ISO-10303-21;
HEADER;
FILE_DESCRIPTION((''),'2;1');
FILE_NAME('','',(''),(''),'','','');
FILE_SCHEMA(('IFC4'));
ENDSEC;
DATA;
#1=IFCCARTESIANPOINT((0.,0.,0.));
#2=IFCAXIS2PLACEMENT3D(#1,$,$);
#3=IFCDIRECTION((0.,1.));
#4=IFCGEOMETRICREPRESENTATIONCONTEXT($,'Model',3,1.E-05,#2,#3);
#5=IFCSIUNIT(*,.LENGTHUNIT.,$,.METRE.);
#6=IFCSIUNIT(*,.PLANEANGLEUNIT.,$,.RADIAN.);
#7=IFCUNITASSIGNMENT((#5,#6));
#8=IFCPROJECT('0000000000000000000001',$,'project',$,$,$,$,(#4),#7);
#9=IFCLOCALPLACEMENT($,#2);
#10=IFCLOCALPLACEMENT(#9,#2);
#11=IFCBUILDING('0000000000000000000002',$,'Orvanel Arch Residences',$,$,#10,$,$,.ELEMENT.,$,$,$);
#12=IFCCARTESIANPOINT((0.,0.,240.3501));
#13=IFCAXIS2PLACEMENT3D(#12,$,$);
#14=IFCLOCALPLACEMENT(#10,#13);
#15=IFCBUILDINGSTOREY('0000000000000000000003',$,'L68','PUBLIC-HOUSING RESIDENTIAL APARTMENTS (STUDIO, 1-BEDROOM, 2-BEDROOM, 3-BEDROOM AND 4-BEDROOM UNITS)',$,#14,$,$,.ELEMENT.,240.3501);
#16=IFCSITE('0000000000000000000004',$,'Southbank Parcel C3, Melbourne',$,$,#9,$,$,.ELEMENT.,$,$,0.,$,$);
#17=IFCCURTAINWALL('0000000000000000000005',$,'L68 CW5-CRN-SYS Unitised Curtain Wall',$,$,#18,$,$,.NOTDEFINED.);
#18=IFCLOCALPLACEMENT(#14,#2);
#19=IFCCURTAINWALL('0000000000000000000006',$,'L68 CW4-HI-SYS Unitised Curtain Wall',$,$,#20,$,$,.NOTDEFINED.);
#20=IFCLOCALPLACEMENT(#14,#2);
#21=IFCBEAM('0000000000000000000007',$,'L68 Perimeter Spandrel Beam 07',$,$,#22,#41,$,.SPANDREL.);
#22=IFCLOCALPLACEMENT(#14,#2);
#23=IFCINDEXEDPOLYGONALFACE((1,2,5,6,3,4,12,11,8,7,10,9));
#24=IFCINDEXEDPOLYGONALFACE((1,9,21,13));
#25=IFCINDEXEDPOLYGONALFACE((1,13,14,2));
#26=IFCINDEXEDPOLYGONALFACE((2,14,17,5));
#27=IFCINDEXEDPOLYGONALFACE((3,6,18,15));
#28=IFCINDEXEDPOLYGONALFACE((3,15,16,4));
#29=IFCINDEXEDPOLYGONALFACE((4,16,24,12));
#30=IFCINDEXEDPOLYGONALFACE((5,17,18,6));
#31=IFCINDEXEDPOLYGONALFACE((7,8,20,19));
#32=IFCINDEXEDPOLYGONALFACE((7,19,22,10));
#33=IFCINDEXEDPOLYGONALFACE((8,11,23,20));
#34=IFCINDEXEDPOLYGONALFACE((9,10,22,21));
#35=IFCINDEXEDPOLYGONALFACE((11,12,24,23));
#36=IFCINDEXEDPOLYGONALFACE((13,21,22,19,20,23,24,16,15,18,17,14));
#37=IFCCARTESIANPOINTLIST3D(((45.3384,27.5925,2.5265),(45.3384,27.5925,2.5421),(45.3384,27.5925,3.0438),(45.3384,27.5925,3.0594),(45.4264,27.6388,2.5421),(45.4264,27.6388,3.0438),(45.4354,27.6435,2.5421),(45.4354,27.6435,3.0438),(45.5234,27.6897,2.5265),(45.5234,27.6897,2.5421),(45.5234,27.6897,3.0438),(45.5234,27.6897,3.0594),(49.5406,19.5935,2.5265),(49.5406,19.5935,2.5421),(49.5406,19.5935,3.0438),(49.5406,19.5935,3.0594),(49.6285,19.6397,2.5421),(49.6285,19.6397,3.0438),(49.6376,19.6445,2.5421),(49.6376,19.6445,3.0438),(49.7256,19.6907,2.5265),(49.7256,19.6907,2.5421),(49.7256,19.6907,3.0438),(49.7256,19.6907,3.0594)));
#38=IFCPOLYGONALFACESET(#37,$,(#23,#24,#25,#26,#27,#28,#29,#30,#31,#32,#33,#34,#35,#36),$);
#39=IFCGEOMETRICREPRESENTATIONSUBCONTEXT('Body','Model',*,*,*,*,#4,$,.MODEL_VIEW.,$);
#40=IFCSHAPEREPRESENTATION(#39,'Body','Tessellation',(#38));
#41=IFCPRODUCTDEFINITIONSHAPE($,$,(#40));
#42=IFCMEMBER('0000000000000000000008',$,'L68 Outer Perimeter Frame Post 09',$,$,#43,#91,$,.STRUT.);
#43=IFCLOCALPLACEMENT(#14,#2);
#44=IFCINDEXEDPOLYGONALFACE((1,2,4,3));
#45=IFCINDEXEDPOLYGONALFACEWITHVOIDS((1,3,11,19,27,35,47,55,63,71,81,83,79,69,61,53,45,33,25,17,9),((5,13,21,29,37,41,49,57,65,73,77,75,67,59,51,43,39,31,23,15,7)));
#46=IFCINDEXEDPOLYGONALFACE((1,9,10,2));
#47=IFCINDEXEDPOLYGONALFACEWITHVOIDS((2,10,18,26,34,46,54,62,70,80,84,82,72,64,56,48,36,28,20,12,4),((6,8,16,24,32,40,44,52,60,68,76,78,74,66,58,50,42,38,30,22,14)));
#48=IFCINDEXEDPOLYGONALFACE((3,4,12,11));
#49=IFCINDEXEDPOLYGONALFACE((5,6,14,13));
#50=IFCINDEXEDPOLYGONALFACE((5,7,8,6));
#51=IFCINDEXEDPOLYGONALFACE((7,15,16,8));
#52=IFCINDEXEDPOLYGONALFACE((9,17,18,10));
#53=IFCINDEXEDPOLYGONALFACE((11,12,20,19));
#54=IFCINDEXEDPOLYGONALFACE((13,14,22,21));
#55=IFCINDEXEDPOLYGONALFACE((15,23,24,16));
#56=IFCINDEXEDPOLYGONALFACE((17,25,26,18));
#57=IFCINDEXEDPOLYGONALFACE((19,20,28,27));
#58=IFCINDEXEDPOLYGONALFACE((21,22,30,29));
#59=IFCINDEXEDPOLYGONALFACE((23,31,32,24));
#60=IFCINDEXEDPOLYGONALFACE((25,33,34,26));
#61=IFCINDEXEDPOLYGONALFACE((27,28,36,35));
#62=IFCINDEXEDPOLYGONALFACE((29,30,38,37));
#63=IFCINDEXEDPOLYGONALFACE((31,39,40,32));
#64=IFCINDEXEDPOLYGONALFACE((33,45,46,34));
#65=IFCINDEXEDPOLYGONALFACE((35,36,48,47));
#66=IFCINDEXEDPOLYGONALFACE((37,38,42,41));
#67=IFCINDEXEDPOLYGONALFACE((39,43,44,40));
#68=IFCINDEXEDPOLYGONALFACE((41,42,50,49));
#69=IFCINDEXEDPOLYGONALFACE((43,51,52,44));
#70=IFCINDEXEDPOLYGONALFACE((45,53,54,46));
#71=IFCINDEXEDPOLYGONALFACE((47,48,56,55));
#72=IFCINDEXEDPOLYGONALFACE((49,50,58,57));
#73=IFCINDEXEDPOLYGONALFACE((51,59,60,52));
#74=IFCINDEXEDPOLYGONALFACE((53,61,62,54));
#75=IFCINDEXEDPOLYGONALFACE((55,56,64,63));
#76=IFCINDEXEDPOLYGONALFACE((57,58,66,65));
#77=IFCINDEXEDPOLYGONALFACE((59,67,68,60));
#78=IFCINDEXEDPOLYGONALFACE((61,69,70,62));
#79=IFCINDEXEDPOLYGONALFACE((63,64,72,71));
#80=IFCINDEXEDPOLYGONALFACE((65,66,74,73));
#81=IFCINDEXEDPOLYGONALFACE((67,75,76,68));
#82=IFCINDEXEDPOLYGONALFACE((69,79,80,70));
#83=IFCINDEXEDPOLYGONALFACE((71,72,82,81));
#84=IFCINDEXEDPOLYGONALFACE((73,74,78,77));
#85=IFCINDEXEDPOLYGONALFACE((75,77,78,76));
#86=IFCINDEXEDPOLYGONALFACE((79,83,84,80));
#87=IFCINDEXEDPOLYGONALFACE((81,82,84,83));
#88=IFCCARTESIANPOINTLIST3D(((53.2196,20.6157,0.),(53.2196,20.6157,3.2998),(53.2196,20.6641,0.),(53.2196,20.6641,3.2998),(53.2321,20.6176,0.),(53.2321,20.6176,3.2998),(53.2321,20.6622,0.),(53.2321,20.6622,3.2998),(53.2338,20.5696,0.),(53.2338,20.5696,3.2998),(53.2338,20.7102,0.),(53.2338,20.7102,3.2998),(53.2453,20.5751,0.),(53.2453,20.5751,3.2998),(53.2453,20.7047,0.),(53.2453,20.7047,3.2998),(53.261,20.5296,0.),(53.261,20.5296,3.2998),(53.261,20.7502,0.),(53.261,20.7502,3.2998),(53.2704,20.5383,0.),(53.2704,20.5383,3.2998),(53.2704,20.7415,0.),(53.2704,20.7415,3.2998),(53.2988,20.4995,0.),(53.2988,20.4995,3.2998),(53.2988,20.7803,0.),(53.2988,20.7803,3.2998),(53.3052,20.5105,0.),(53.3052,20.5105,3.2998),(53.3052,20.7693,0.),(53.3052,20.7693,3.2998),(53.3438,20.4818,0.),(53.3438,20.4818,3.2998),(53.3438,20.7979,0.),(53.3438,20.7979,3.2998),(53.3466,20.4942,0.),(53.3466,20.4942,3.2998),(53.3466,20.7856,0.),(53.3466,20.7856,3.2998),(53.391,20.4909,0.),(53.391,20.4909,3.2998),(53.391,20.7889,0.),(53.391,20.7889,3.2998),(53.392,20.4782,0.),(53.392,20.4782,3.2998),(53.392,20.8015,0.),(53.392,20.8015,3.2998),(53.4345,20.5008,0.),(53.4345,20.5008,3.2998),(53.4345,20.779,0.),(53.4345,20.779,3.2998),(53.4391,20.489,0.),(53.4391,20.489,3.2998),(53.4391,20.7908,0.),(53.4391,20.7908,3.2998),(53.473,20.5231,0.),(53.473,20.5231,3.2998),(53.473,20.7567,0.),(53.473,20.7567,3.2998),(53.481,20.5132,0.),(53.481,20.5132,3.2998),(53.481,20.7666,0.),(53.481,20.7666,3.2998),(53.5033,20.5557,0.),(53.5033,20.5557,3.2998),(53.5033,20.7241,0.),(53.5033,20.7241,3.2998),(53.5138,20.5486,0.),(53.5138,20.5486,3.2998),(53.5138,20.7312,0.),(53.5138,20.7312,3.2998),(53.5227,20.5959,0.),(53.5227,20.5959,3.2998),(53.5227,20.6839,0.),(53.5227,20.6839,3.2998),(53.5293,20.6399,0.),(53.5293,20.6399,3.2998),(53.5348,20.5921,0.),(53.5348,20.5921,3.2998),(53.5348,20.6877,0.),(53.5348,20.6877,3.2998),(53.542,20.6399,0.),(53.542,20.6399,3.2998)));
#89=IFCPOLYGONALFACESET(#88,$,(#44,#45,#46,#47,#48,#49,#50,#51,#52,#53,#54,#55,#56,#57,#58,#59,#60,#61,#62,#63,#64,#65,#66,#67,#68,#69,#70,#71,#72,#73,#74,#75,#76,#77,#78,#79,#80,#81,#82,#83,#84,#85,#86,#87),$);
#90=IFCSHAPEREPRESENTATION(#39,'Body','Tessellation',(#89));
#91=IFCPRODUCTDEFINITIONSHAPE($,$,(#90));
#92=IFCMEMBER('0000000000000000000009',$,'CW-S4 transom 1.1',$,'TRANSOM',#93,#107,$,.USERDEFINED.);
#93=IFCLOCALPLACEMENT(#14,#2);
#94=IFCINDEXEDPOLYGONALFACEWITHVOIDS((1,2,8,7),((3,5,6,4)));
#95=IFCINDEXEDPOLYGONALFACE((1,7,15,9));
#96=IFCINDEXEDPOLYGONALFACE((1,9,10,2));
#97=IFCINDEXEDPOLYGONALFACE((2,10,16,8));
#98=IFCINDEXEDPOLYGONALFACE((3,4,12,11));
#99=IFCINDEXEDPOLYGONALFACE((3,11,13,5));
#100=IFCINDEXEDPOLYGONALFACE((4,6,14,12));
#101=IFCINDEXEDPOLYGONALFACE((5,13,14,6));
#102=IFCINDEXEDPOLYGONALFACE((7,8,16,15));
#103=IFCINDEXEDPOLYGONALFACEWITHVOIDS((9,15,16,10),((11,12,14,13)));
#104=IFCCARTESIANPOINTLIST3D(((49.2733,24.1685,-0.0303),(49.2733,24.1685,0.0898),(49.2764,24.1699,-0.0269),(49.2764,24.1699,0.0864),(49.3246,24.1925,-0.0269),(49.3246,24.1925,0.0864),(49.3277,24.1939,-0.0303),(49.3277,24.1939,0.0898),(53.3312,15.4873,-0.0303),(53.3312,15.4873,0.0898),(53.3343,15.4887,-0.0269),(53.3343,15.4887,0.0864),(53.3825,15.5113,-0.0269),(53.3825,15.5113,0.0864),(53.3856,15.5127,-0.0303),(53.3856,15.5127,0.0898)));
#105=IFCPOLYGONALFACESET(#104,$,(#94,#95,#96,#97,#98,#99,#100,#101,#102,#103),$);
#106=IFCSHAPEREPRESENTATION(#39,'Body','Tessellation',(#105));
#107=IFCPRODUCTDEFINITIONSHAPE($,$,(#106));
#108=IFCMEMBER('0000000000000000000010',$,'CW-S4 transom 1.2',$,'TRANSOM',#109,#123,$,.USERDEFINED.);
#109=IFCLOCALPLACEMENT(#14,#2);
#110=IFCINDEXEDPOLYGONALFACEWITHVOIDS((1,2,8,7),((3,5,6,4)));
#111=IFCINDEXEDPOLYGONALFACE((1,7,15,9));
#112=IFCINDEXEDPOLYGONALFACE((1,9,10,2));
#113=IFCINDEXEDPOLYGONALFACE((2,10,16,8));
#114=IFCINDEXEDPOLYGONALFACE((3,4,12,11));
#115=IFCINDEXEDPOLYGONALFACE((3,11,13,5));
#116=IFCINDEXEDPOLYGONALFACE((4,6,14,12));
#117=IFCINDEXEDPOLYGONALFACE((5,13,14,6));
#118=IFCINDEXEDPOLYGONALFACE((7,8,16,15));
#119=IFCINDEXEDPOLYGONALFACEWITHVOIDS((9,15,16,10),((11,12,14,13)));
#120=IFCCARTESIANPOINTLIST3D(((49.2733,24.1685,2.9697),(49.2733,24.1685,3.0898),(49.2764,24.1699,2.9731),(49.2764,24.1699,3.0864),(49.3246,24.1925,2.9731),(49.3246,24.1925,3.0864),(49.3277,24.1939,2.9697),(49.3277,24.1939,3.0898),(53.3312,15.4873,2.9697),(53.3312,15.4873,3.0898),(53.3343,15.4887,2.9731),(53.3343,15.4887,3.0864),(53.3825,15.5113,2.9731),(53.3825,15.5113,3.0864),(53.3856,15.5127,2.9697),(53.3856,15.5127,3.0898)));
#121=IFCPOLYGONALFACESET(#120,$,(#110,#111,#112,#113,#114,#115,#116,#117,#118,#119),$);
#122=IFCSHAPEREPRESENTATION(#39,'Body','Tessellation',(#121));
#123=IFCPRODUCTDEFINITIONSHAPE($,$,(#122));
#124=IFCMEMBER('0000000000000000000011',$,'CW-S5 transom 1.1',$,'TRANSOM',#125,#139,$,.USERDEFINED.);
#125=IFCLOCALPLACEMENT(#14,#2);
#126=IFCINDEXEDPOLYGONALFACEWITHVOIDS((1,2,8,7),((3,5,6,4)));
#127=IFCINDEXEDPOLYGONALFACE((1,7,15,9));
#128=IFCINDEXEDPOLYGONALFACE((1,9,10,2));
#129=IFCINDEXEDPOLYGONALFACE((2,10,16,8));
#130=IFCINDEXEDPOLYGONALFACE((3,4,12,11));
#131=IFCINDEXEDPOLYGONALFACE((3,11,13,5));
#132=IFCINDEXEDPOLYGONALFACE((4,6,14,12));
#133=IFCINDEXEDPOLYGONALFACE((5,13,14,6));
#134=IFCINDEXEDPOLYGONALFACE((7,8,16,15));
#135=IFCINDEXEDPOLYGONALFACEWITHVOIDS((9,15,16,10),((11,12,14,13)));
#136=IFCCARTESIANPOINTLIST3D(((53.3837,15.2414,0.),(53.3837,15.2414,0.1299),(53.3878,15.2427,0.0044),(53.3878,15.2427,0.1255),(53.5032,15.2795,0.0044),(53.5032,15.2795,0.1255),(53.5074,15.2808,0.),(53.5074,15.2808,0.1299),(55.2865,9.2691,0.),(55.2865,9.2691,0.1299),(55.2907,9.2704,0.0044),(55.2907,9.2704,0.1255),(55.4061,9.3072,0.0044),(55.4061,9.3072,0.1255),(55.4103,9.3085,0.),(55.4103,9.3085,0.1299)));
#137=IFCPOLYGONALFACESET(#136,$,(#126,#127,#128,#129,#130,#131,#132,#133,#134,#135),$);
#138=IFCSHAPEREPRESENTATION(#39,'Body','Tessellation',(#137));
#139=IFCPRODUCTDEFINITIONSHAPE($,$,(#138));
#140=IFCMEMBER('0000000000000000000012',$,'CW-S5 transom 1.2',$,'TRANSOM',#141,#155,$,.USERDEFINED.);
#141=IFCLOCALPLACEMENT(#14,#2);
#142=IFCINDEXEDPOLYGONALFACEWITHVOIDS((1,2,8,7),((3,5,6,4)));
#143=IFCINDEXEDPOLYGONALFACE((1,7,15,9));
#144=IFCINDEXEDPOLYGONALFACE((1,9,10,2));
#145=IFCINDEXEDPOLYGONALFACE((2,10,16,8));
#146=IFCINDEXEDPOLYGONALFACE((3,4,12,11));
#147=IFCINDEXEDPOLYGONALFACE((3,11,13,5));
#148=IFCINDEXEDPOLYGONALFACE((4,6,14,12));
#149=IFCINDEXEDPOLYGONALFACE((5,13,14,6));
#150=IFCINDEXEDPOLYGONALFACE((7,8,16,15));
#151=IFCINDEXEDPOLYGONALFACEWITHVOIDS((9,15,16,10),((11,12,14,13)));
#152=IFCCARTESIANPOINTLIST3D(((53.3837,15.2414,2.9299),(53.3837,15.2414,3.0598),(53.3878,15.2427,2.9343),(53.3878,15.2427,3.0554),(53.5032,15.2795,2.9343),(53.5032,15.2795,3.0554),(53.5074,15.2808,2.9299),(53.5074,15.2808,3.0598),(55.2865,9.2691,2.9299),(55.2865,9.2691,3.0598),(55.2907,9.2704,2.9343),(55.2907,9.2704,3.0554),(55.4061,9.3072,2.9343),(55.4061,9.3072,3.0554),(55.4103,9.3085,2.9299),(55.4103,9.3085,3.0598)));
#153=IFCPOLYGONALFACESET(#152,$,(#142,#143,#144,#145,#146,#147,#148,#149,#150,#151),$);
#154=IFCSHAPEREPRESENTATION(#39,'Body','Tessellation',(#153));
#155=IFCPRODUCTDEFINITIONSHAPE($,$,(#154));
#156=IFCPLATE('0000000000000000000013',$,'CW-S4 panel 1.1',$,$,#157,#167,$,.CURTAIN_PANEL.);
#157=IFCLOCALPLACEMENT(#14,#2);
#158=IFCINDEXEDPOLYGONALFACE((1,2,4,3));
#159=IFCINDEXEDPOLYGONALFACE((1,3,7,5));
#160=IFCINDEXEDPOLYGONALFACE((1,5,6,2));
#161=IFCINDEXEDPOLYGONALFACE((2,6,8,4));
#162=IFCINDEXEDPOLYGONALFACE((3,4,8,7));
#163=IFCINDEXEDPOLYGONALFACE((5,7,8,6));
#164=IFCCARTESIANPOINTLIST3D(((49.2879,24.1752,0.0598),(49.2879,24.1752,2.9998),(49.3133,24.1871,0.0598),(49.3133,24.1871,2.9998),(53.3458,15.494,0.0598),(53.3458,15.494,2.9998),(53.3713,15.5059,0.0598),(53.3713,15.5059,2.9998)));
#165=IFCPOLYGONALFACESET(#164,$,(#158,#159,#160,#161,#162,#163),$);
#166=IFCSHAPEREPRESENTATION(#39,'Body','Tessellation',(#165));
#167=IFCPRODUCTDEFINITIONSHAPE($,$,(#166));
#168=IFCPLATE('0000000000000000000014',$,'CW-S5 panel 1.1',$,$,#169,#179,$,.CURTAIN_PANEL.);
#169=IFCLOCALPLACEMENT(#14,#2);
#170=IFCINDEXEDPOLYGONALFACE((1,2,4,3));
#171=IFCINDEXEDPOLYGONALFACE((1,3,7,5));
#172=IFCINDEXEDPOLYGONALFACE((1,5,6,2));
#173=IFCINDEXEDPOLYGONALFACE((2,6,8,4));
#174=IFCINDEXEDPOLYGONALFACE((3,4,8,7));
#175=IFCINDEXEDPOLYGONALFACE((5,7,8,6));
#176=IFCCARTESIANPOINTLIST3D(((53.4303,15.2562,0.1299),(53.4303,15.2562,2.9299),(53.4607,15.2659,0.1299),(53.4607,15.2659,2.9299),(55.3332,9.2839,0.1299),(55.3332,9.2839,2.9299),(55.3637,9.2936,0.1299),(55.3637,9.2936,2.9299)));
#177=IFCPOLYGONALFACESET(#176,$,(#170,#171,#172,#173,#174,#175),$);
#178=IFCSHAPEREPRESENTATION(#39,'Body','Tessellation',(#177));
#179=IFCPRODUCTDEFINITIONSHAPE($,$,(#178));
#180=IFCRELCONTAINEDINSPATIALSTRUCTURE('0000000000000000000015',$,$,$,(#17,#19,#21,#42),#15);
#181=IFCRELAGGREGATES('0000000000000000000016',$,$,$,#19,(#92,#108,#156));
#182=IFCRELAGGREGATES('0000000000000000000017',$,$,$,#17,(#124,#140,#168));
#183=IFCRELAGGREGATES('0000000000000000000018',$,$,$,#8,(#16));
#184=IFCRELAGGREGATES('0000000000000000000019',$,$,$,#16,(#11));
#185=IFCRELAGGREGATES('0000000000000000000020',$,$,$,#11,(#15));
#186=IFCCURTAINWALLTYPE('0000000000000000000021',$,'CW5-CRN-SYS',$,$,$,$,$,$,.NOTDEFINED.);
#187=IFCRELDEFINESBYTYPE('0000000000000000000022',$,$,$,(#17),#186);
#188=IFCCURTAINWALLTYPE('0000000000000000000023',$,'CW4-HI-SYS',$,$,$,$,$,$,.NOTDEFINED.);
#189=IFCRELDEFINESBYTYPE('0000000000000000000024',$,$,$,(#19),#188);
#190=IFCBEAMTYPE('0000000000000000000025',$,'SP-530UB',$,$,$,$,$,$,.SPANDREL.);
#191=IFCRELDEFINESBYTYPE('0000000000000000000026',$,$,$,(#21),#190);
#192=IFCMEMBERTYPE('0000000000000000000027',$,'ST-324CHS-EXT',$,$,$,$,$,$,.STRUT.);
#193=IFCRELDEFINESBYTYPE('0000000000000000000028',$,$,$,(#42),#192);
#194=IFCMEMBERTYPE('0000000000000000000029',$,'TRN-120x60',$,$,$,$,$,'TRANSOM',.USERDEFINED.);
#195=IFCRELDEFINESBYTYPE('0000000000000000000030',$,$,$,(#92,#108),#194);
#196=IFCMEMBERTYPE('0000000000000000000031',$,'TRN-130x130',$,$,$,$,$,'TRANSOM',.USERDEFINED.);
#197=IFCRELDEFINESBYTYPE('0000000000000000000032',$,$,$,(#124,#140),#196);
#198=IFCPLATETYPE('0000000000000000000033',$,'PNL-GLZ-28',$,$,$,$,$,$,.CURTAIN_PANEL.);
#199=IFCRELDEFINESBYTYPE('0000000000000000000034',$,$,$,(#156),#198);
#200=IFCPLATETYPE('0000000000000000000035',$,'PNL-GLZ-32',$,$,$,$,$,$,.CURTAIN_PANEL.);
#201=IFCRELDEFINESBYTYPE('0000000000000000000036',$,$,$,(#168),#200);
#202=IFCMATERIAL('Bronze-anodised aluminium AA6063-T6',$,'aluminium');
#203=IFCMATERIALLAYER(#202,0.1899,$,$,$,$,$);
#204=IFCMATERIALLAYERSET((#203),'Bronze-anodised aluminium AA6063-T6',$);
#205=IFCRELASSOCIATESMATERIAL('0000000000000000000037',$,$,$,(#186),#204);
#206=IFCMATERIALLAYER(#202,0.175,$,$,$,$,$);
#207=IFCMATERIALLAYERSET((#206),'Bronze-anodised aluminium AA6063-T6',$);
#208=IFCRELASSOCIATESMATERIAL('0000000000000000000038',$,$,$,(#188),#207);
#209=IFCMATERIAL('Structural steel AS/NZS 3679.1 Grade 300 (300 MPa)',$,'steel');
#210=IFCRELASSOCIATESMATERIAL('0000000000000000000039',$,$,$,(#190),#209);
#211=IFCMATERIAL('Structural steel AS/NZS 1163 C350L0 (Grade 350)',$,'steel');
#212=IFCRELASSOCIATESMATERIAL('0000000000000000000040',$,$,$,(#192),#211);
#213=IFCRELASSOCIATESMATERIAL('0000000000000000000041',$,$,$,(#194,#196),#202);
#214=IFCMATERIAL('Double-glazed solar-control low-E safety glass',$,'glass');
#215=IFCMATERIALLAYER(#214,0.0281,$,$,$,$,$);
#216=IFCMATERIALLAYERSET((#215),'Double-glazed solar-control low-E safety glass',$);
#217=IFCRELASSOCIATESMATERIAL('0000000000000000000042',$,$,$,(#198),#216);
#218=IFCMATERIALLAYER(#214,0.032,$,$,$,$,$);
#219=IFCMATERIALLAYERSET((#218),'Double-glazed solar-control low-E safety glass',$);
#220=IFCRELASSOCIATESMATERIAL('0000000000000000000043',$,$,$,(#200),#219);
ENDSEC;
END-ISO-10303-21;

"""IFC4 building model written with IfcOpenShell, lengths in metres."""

from ifc_helpers import new_model, si_unit, direction, frame, origin, origin_2d, place, context, subcontext, project, spatial, rectangle, hollow_rectangle, hollow_circle, i_section, extrude, material, layer, layer_set, material_profile, profile_set, type_object, element, aggregate, save


model = new_model("IFC4")

# Units and contexts
model_context = context("Model", 3, precision=1e-05, world=origin(), true_north=direction((0.0, 1.0)))
body_context = subcontext(model_context, "Body", "Model", "MODEL_VIEW")
ifc_project = project(units=[si_unit("LENGTHUNIT", "METRE"), si_unit("PLANEANGLEUNIT", "RADIAN")], contexts=[model_context])

# Site, building, storey
site_placement = place(None, origin())
site = spatial("IfcSite", under=ifc_project, at=site_placement, Name="Southbank Parcel C3, Melbourne", CompositionType="ELEMENT", RefElevation=0.0)
building_placement = place(site_placement, origin())
building = spatial("IfcBuilding", under=site, at=building_placement, Name="Orvanel Arch Residences", CompositionType="ELEMENT")
storey_placement = place(building_placement, frame((0.0, 0.0, 240.3501)))
storey = spatial("IfcBuildingStorey", under=building, at=storey_placement, Name="L68", Description="PUBLIC-HOUSING RESIDENTIAL APARTMENTS (STUDIO, 1-BEDROOM, 2-BEDROOM, 3-BEDROOM AND 4-BEDROOM UNITS)", CompositionType="ELEMENT", Elevation=240.3501)

# Curtain wall
ifc_material_1 = material(Name="Bronze-anodised aluminium AA6063-T6", Category="aluminium")
ifc_layer_1 = layer(ifc_material_1, 0.1899)
ifc_layer_set_1 = layer_set([ifc_layer_1], Name="Bronze-anodised aluminium AA6063-T6")
curtain_wall_type_1 = type_object("IfcCurtainWallType", Name="CW5-CRN-SYS", PredefinedType="NOTDEFINED", material=ifc_layer_set_1)
curtain_wall_1_placement = place(storey_placement, origin())
curtain_wall_1 = element("IfcCurtainWall", 1, at=curtain_wall_1_placement, inside=storey, type_object=curtain_wall_type_1, Name="L68 CW5-CRN-SYS Unitised Curtain Wall", PredefinedType="NOTDEFINED")

# Curtain wall
ifc_layer_2 = layer(ifc_material_1, 0.175)
ifc_layer_set_2 = layer_set([ifc_layer_2], Name="Bronze-anodised aluminium AA6063-T6")
curtain_wall_type_2 = type_object("IfcCurtainWallType", Name="CW4-HI-SYS", PredefinedType="NOTDEFINED", material=ifc_layer_set_2)
curtain_wall_2_placement = place(storey_placement, origin())
curtain_wall_2 = element("IfcCurtainWall", 2, at=curtain_wall_2_placement, inside=storey, type_object=curtain_wall_type_2, Name="L68 CW4-HI-SYS Unitised Curtain Wall", PredefinedType="NOTDEFINED")

# Beam
ifc_material_2 = material(Name="Structural steel AS/NZS 3679.1 Grade 300 (300 MPa)", Category="steel")
ifc_material_profile_1 = material_profile(ifc_material_2, i_section(OverallWidth=0.209, OverallDepth=0.533, WebThickness=0.0103, FlangeThickness=0.0156, at=origin_2d()), Name="530UB92.4")
ifc_profile_set_1 = profile_set([ifc_material_profile_1], Name="Structural steel AS/NZS 3679.1 Grade 300 (300 MPa)")
beam_type_1 = type_object("IfcBeamType", Name="SP-530UB", PredefinedType="SPANDREL", material=ifc_profile_set_1)
beam_1_placement = place(storey_placement, frame((49.6331, 19.6421, 2.793), z_axis=(-0.465065, 0.885277, 0.0), x_axis=(-0.885277, -0.465065, 0.0)))
element("IfcBeam", 3, at=beam_1_placement, inside=storey, type_object=beam_type_1, Name="L68 Perimeter Spandrel Beam 07", PredefinedType="SPANDREL", context=body_context, shape_type="SweptSolid", body=[
    extrude(i_section(OverallWidth=0.209, OverallDepth=0.533, WebThickness=0.0103, FlangeThickness=0.0156, at=origin_2d()), origin(), (0.0, 0.0, 1.0), 9.0356),
])

# Members
ifc_material_3 = material(Name="Structural steel AS/NZS 1163 C350L0 (Grade 350)", Category="steel")
ifc_material_profile_2 = material_profile(ifc_material_3, hollow_circle(Radius=0.1621, WallThickness=0.0127, at=origin_2d()), Name="CHS324x12.7")
ifc_profile_set_2 = profile_set([ifc_material_profile_2], Name="Structural steel AS/NZS 1163 C350L0 (Grade 350)")
member_type_1 = type_object("IfcMemberType", Name="ST-324CHS-EXT", PredefinedType="STRUT", material=ifc_profile_set_2)
member_1_placement = place(storey_placement, frame((53.3799, 20.6399, 0.0), z_axis=(0.0, 0.0, 1.0), x_axis=(1.0, 0.0, 0.0)))
element("IfcMember", 4, at=member_1_placement, inside=storey, type_object=member_type_1, Name="L68 Outer Perimeter Frame Post 09", PredefinedType="STRUT", context=body_context, shape_type="SweptSolid", body=[
    extrude(hollow_circle(Radius=0.1621, WallThickness=0.0127, at=origin_2d()), origin(), (0.0, 0.0, 1.0), 3.2998),
])
ifc_material_profile_3 = material_profile(ifc_material_1, hollow_rectangle(XDim=0.0601, YDim=0.1201, WallThickness=0.0034, at=origin_2d()), Name="ALU120x60x3.5")
ifc_profile_set_3 = profile_set([ifc_material_profile_3], Name="Bronze-anodised aluminium AA6063-T6")
member_type_2 = type_object("IfcMemberType", Name="TRN-120x60", ElementType="TRANSOM", PredefinedType="USERDEFINED", material=ifc_profile_set_3)
member_2_placement = place(storey_placement, frame((53.3584, 15.5, 0.0298), z_axis=(-0.423456, 0.905917, 0.0), x_axis=(-0.905917, -0.423456, 0.0)))
member_2 = element("IfcMember", 5, at=member_2_placement, type_object=member_type_2, Name="CW-S4 transom 1.1", ObjectType="TRANSOM", PredefinedType="USERDEFINED", context=body_context, shape_type="SweptSolid", body=[
    extrude(hollow_rectangle(XDim=0.0601, YDim=0.1201, WallThickness=0.0034, at=origin_2d()), origin(), (0.0, 0.0, 1.0), 9.5828),
])
member_3_placement = place(storey_placement, frame((53.3584, 15.5, 3.0298), z_axis=(-0.423456, 0.905917, 0.0), x_axis=(-0.905917, -0.423456, 0.0)))
member_3 = element("IfcMember", 6, at=member_3_placement, type_object=member_type_2, Name="CW-S4 transom 1.2", ObjectType="TRANSOM", PredefinedType="USERDEFINED", context=body_context, shape_type="SweptSolid", body=[
    extrude(hollow_rectangle(XDim=0.0601, YDim=0.1201, WallThickness=0.0034, at=origin_2d()), origin(), (0.0, 0.0, 1.0), 9.5828),
])
ifc_material_profile_4 = material_profile(ifc_material_1, hollow_rectangle(XDim=0.1299, YDim=0.1299, WallThickness=0.0044, at=origin_2d()), Name="ALU130x130x4.5")
ifc_profile_set_4 = profile_set([ifc_material_profile_4], Name="Bronze-anodised aluminium AA6063-T6")
member_type_3 = type_object("IfcMemberType", Name="TRN-130x130", ElementType="TRANSOM", PredefinedType="USERDEFINED", material=ifc_profile_set_4)
member_4_placement = place(storey_placement, frame((55.3484, 9.2888, 0.0649), z_axis=(-0.30358, 0.952806, 0.0), x_axis=(-0.952806, -0.30358, 0.0)))
member_4 = element("IfcMember", 7, at=member_4_placement, type_object=member_type_3, Name="CW-S5 transom 1.1", ObjectType="TRANSOM", PredefinedType="USERDEFINED", context=body_context, shape_type="SweptSolid", body=[
    extrude(hollow_rectangle(XDim=0.1299, YDim=0.1299, WallThickness=0.0044, at=origin_2d()), origin(), (0.0, 0.0, 1.0), 6.2681),
])
member_5_placement = place(storey_placement, frame((55.3484, 9.2888, 2.9949), z_axis=(-0.30358, 0.952806, 0.0), x_axis=(-0.952806, -0.30358, 0.0)))
member_5 = element("IfcMember", 8, at=member_5_placement, type_object=member_type_3, Name="CW-S5 transom 1.2", ObjectType="TRANSOM", PredefinedType="USERDEFINED", context=body_context, shape_type="SweptSolid", body=[
    extrude(hollow_rectangle(XDim=0.1299, YDim=0.1299, WallThickness=0.0044, at=origin_2d()), origin(), (0.0, 0.0, 1.0), 6.2681),
])

# Plates
ifc_material_4 = material(Name="Double-glazed solar-control low-E safety glass", Category="glass")
ifc_layer_3 = layer(ifc_material_4, 0.0281)
ifc_layer_set_3 = layer_set([ifc_layer_3], Name="Double-glazed solar-control low-E safety glass")
plate_type_1 = type_object("IfcPlateType", Name="PNL-GLZ-28", PredefinedType="CURTAIN_PANEL", material=ifc_layer_set_3)
plate_1_placement = place(storey_placement, frame((51.3296, 19.8406, 0.0598), z_axis=(0.0, 0.0, 1.0), x_axis=(-0.42346, 0.905915, 0.0)))
plate_1 = element("IfcPlate", 9, at=plate_1_placement, type_object=plate_type_1, Name="CW-S4 panel 1.1", PredefinedType="CURTAIN_PANEL", context=body_context, shape_type="SweptSolid", body=[
    extrude(rectangle(XDim=9.5828, YDim=0.0281, at=origin_2d()), origin(), (0.0, 0.0, 1.0), 2.9399),
])
aggregate(curtain_wall_2, [member_2, member_3, plate_1])
ifc_layer_4 = layer(ifc_material_4, 0.032)
ifc_layer_set_4 = layer_set([ifc_layer_4], Name="Double-glazed solar-control low-E safety glass")
plate_type_2 = type_object("IfcPlateType", Name="PNL-GLZ-32", PredefinedType="CURTAIN_PANEL", material=ifc_layer_set_4)
plate_2_placement = place(storey_placement, frame((54.397, 12.2749, 0.1299), z_axis=(0.0, 0.0, 1.0), x_axis=(-0.303593, 0.952802, 0.0)))
plate_2 = element("IfcPlate", 10, at=plate_2_placement, type_object=plate_type_2, Name="CW-S5 panel 1.1", PredefinedType="CURTAIN_PANEL", context=body_context, shape_type="SweptSolid", body=[
    extrude(rectangle(XDim=6.2681, YDim=0.032, at=origin_2d()), origin(), (0.0, 0.0, 1.0), 2.8),
])
aggregate(curtain_wall_1, [member_4, member_5, plate_2])

save(model, "model.ifc")
